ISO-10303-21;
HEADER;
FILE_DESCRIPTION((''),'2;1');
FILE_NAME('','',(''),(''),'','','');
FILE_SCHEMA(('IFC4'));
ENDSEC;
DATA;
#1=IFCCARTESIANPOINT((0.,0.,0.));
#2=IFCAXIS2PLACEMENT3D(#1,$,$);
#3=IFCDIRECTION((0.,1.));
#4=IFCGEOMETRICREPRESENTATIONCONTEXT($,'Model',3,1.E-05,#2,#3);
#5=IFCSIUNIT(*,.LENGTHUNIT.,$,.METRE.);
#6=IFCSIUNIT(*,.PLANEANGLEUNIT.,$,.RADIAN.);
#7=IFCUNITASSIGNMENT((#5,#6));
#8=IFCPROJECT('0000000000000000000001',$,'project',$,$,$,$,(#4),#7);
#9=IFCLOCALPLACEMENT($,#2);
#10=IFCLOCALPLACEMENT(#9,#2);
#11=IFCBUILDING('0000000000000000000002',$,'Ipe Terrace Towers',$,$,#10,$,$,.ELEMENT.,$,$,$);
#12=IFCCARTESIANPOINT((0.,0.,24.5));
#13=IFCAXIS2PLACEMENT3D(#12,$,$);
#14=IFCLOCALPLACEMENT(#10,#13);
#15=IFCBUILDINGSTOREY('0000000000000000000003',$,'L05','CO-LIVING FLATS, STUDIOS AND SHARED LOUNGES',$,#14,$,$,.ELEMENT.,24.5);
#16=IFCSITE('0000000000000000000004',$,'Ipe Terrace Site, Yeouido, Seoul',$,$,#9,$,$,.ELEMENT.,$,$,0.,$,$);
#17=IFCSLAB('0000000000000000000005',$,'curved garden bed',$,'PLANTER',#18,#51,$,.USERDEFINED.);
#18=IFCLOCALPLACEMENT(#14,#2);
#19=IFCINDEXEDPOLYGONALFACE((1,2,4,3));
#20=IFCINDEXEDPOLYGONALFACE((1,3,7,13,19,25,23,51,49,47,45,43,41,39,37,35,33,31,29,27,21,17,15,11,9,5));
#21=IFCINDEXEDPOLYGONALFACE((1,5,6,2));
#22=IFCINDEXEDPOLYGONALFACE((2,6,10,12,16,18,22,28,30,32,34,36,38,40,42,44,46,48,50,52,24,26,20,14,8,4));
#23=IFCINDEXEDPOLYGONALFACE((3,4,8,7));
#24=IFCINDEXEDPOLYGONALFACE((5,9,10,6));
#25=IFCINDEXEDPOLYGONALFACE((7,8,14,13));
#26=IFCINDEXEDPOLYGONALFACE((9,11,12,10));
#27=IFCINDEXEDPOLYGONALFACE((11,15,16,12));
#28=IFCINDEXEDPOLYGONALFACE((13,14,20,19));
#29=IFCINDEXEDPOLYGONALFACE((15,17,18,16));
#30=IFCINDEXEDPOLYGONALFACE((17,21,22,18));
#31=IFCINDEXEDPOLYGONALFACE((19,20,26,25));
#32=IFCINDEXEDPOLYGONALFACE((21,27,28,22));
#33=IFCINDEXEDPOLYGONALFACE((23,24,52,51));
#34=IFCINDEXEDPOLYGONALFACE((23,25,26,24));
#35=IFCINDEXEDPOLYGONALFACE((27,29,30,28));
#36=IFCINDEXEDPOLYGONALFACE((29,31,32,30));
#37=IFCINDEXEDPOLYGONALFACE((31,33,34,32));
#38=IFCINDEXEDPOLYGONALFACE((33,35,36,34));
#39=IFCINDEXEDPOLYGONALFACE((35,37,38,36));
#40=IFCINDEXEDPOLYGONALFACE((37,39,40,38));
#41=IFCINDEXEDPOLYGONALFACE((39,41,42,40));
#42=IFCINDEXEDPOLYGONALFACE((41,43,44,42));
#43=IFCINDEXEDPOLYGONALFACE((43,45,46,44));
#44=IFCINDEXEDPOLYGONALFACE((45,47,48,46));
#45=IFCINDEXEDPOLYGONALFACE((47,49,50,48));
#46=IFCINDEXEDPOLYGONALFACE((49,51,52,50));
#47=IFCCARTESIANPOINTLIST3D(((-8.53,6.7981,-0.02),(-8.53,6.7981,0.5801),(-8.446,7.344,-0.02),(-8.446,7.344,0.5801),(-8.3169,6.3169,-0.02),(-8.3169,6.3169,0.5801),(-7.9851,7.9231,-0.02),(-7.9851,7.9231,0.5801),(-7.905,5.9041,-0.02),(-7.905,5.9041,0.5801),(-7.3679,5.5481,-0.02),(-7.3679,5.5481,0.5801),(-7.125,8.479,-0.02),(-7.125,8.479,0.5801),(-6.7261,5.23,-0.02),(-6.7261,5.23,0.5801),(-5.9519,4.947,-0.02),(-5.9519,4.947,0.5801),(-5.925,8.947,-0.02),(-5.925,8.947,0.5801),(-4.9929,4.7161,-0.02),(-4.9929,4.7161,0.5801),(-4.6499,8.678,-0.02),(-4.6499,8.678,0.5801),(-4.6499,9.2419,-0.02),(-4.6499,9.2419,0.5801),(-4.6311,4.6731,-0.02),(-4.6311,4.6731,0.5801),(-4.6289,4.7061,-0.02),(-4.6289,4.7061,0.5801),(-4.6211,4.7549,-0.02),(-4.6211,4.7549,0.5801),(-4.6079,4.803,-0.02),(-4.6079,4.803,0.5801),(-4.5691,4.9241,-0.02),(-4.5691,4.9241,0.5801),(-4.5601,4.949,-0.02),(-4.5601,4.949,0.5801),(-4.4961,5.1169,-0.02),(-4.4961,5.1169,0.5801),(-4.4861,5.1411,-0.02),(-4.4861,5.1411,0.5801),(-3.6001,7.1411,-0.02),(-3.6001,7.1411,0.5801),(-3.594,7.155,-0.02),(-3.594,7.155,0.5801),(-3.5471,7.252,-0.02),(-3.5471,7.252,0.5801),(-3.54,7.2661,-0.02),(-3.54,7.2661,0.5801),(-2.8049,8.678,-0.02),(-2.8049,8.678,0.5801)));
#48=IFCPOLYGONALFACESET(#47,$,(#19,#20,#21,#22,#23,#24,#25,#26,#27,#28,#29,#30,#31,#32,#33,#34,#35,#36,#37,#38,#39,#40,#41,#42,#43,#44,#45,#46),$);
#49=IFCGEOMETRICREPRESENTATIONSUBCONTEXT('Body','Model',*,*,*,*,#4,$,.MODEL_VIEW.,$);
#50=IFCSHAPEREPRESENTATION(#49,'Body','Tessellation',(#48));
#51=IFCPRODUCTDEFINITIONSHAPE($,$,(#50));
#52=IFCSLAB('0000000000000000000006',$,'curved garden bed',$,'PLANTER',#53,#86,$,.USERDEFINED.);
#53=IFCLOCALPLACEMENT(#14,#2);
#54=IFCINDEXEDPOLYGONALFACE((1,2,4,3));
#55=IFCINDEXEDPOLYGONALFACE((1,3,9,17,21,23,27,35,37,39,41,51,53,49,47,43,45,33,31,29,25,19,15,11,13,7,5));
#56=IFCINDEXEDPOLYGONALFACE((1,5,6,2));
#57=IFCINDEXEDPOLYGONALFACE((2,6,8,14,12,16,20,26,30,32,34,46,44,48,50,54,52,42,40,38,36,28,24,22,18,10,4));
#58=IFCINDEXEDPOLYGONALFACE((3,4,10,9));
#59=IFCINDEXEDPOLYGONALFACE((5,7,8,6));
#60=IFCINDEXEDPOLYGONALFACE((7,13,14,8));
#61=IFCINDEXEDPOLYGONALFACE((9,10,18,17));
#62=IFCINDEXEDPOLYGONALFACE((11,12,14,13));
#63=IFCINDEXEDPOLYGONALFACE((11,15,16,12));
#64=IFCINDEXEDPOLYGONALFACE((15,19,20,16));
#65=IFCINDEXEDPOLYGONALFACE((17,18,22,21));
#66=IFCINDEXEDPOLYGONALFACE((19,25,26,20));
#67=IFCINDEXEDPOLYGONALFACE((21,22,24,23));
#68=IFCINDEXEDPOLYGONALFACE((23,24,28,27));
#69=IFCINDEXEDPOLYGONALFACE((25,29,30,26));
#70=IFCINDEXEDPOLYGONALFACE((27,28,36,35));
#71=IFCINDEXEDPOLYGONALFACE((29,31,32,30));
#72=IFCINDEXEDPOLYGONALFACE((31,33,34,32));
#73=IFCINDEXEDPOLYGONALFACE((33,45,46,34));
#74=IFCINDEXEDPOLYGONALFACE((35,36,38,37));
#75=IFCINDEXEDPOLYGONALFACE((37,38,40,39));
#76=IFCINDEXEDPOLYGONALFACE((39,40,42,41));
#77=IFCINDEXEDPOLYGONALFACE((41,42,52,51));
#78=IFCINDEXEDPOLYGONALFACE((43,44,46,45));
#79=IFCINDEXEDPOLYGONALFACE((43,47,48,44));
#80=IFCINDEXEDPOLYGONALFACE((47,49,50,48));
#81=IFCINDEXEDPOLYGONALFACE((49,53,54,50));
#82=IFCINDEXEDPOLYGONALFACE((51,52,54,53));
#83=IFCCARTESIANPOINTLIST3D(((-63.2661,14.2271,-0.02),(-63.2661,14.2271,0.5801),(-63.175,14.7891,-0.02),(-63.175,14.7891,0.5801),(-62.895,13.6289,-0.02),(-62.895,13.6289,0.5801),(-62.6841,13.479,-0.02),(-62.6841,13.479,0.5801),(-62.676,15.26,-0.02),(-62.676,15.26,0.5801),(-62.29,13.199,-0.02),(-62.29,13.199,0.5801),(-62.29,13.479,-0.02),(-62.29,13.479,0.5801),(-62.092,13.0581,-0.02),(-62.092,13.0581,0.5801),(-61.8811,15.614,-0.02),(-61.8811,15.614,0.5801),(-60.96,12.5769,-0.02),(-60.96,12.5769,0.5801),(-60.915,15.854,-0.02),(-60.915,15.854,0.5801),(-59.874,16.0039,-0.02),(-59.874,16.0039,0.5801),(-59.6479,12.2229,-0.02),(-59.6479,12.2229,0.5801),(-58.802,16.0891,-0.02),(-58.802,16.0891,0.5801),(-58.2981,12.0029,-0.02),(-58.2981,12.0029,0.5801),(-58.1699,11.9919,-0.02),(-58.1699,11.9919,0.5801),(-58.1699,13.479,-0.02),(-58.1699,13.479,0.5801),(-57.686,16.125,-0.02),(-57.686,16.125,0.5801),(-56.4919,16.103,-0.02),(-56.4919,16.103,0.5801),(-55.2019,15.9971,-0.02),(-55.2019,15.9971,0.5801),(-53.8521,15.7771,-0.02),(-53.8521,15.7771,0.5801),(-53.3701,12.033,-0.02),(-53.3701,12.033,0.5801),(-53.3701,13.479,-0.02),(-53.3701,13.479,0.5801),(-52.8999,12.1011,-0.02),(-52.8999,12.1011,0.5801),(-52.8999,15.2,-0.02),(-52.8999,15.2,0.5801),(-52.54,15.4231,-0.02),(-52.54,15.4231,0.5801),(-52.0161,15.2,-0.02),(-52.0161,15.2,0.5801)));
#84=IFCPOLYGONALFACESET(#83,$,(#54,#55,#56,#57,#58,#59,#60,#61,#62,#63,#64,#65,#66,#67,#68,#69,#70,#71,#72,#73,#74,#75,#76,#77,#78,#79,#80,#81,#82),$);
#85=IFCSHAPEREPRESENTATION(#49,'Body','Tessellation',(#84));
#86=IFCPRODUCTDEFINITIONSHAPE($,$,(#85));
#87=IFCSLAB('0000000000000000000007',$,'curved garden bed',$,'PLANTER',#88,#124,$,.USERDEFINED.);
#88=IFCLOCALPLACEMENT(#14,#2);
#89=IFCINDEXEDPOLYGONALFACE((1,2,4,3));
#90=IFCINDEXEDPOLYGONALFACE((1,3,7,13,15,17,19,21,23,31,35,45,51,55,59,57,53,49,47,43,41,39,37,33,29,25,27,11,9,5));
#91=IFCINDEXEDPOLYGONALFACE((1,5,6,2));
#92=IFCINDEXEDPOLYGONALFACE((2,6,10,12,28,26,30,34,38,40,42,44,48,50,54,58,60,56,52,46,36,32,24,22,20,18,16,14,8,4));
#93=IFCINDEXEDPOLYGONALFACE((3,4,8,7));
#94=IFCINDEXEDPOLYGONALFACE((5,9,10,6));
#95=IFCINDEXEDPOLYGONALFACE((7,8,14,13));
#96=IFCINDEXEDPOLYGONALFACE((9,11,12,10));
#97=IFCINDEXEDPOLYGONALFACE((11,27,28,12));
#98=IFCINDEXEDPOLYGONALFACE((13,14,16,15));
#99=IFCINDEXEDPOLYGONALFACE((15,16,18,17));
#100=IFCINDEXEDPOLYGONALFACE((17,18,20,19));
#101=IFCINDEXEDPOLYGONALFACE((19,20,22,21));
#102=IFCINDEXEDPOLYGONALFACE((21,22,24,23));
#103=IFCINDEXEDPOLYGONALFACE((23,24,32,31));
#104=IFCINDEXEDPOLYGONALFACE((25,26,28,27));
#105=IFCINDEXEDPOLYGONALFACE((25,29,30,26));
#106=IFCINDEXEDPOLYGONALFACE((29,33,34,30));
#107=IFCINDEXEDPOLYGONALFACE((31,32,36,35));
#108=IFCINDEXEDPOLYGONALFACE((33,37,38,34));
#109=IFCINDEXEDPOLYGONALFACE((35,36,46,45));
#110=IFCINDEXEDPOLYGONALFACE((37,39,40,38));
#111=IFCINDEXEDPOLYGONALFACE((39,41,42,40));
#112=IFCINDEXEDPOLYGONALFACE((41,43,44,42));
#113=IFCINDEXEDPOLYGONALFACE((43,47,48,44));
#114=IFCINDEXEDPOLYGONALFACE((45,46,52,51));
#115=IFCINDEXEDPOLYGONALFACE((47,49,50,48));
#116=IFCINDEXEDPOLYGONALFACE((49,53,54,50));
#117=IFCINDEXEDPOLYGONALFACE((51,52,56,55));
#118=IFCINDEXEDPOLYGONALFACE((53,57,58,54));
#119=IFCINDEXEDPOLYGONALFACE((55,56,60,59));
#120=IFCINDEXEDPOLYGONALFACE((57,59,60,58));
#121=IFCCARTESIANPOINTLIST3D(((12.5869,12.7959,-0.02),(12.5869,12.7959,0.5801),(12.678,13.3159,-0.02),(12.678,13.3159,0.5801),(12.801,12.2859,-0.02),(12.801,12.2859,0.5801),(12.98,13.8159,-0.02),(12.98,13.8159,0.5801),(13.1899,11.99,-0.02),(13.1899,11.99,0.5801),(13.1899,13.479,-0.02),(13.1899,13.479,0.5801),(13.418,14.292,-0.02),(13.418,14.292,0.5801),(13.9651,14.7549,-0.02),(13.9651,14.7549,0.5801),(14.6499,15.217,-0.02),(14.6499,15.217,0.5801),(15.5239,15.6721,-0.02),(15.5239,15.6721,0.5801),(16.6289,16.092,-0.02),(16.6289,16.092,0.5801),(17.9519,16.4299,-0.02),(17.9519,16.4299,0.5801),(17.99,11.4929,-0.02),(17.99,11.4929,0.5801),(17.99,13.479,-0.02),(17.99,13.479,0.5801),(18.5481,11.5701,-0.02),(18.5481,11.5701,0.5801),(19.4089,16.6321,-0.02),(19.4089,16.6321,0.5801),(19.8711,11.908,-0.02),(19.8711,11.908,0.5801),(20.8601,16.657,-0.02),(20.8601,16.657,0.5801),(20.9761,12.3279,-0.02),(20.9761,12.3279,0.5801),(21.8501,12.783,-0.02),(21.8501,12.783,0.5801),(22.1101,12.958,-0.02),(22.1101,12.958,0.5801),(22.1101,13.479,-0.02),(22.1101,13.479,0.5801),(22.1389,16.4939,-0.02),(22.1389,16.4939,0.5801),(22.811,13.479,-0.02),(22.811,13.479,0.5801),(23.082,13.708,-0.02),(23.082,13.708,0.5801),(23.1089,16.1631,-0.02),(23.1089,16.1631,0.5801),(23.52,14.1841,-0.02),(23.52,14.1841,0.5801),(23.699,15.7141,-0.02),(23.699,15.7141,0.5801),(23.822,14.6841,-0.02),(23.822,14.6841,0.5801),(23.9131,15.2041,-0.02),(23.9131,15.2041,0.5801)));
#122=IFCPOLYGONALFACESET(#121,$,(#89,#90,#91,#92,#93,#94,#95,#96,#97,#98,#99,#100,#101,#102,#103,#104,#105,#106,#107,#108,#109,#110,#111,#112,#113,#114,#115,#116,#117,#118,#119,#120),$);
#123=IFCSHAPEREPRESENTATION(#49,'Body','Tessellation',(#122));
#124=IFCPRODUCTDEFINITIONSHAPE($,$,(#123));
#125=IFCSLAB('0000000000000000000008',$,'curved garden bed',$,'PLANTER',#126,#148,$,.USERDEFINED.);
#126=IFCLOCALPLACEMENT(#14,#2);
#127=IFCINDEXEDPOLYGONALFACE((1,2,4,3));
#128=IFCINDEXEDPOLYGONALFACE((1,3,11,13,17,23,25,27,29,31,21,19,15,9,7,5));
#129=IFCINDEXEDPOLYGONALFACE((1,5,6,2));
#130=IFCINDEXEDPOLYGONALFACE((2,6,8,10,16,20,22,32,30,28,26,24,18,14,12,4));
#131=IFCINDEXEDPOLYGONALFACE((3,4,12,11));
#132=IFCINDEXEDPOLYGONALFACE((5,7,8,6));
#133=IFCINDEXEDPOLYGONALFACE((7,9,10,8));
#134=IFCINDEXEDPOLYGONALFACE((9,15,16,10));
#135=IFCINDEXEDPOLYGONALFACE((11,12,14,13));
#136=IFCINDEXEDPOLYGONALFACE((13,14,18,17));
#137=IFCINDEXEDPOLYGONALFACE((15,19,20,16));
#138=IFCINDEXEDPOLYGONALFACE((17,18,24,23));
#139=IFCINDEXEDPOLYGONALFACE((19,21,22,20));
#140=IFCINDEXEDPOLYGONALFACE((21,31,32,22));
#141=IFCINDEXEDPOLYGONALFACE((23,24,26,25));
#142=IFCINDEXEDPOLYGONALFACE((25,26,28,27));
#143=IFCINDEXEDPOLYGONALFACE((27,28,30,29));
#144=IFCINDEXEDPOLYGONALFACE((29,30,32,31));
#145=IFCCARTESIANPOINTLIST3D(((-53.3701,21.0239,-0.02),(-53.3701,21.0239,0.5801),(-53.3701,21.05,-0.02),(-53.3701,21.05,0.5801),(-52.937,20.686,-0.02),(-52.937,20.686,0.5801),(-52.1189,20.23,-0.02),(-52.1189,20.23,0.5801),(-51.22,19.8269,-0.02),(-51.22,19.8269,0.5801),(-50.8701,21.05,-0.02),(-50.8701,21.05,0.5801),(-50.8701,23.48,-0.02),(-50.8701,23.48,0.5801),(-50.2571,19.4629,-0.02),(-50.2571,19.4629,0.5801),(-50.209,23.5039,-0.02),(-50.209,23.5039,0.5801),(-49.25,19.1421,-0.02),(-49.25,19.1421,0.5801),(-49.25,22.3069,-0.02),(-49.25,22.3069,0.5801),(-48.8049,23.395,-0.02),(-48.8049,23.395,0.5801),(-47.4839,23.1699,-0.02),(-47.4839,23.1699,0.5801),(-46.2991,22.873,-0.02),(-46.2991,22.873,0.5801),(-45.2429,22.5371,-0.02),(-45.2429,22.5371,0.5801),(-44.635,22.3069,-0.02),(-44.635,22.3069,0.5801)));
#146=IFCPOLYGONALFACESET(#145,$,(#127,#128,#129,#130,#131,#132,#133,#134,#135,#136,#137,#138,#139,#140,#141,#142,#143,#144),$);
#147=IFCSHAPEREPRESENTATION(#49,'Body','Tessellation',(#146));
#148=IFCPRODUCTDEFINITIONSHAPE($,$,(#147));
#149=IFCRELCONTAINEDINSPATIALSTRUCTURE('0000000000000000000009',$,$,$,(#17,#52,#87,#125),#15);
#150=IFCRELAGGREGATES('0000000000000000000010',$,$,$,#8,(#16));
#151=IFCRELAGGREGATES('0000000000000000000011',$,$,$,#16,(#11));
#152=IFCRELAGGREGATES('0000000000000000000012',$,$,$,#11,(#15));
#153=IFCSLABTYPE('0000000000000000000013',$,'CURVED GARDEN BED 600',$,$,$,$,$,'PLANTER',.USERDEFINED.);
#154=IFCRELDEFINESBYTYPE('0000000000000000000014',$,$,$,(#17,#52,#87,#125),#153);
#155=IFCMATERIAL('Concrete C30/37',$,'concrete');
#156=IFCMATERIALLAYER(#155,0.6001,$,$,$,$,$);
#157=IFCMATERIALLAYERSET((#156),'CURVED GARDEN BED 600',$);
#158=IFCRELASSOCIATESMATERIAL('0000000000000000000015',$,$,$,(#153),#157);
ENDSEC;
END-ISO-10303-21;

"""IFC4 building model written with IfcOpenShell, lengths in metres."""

from ifc_helpers import new_model, si_unit, direction, frame, origin, place, context, subcontext, project, spatial, polyline, outline, extrude, material, layer, layer_set, type_object, element, save


model = new_model("IFC4")

# Units and contexts
model_context = context("Model", 3, precision=1e-05, world=origin(), true_north=direction((0.0, 1.0)))
body_context = subcontext(model_context, "Body", "Model", "MODEL_VIEW")
ifc_project = project(units=[si_unit("LENGTHUNIT", "METRE"), si_unit("PLANEANGLEUNIT", "RADIAN")], contexts=[model_context])

# Site, building, storey
site_placement = place(None, origin())
site = spatial("IfcSite", under=ifc_project, at=site_placement, Name="Ipe Terrace Site, Yeouido, Seoul", CompositionType="ELEMENT", RefElevation=0.0)
building_placement = place(site_placement, origin())
building = spatial("IfcBuilding", under=site, at=building_placement, Name="Ipe Terrace Towers", CompositionType="ELEMENT")
storey_placement = place(building_placement, frame((0.0, 0.0, 24.5)))
storey = spatial("IfcBuildingStorey", under=building, at=storey_placement, Name="L05", Description="CO-LIVING FLATS, STUDIOS AND SHARED LOUNGES", CompositionType="ELEMENT", Elevation=24.5)

# Slabs
ifc_material_1 = material(Name="Concrete C30/37", Category="concrete")
ifc_layer_1 = layer(ifc_material_1, 0.6001)
ifc_layer_set_1 = layer_set([ifc_layer_1], Name="CURVED GARDEN BED 600")
slab_type_1 = type_object("IfcSlabType", Name="CURVED GARDEN BED 600", ElementType="PLANTER", PredefinedType="USERDEFINED", material=ifc_layer_set_1)
slab_1_placement = place(storey_placement, frame((0.0, 0.0, -0.02)))
element("IfcSlab", 1, at=slab_1_placement, inside=storey, type_object=slab_type_1, Name="curved garden bed", ObjectType="PLANTER", PredefinedType="USERDEFINED", context=body_context, shape_type="SweptSolid", body=[
    extrude(outline(polyline([(-5.9519, 4.947), (-6.7261, 5.23), (-7.3679, 5.5481), (-7.905, 5.9041), (-8.3169, 6.3169), (-8.53, 6.7981), (-8.446, 7.344), (-7.9851, 7.9231), (-7.125, 8.479), (-5.925, 8.947), (-4.6499, 9.2419), (-4.6499, 8.678), (-2.8049, 8.678), (-3.54, 7.2661), (-3.5471, 7.252), (-3.594, 7.155), (-3.6001, 7.1411), (-4.4861, 5.1411), (-4.4961, 5.1169), (-4.5601, 4.949), (-4.5691, 4.9241), (-4.6079, 4.803), (-4.6211, 4.7549), (-4.6289, 4.7061), (-4.6311, 4.6731), (-4.9929, 4.7161), (-5.9519, 4.947)])), origin(), (0.0, 0.0, 1.0), 0.6001),
])
slab_2_placement = place(storey_placement, frame((0.0, 0.0, -0.02)))
element("IfcSlab", 2, at=slab_2_placement, inside=storey, type_object=slab_type_1, Name="curved garden bed", ObjectType="PLANTER", PredefinedType="USERDEFINED", context=body_context, shape_type="SweptSolid", body=[
    extrude(outline(polyline([(-63.175, 14.7891), (-62.676, 15.26), (-61.8811, 15.614), (-60.915, 15.854), (-59.874, 16.0039), (-58.802, 16.0891), (-57.686, 16.125), (-56.4919, 16.103), (-55.2019, 15.9971), (-53.8521, 15.7771), (-52.54, 15.4231), (-52.0161, 15.2), (-52.8999, 15.2), (-52.8999, 12.1011), (-53.3701, 12.033), (-53.3701, 13.479), (-58.1699, 13.479), (-58.1699, 11.9919), (-58.2981, 12.0029), (-59.6479, 12.2229), (-60.96, 12.5769), (-62.092, 13.0581), (-62.29, 13.199), (-62.29, 13.479), (-62.6841, 13.479), (-62.895, 13.6289), (-63.2661, 14.2271), (-63.175, 14.7891)])), origin(), (0.0, 0.0, 1.0), 0.6001),
])
slab_3_placement = place(storey_placement, frame((0.0, 0.0, -0.02)))
element("IfcSlab", 3, at=slab_3_placement, inside=storey, type_object=slab_type_1, Name="curved garden bed", ObjectType="PLANTER", PredefinedType="USERDEFINED", context=body_context, shape_type="SweptSolid", body=[
    extrude(outline(polyline([(12.678, 13.3159), (12.98, 13.8159), (13.418, 14.292), (13.9651, 14.7549), (14.6499, 15.217), (15.5239, 15.6721), (16.6289, 16.092), (17.9519, 16.4299), (19.4089, 16.6321), (20.8601, 16.657), (22.1389, 16.4939), (23.1089, 16.1631), (23.699, 15.7141), (23.9131, 15.2041), (23.822, 14.6841), (23.52, 14.1841), (23.082, 13.708), (22.811, 13.479), (22.1101, 13.479), (22.1101, 12.958), (21.8501, 12.783), (20.9761, 12.3279), (19.8711, 11.908), (18.5481, 11.5701), (17.99, 11.4929), (17.99, 13.479), (13.1899, 13.479), (13.1899, 11.99), (12.801, 12.2859), (12.5869, 12.7959), (12.678, 13.3159)])), origin(), (0.0, 0.0, 1.0), 0.6001),
])
slab_4_placement = place(storey_placement, frame((0.0, 0.0, -0.02)))
element("IfcSlab", 4, at=slab_4_placement, inside=storey, type_object=slab_type_1, Name="curved garden bed", ObjectType="PLANTER", PredefinedType="USERDEFINED", context=body_context, shape_type="SweptSolid", body=[
    extrude(outline(polyline([(-47.4839, 23.1699), (-46.2991, 22.873), (-45.2429, 22.5371), (-44.635, 22.3069), (-49.25, 22.3069), (-49.25, 19.1421), (-50.2571, 19.4629), (-51.22, 19.8269), (-52.1189, 20.23), (-52.937, 20.686), (-53.3701, 21.0239), (-53.3701, 21.05), (-50.8701, 21.05), (-50.8701, 23.48), (-50.209, 23.5039), (-48.8049, 23.395), (-47.4839, 23.1699)])), origin(), (0.0, 0.0, 1.0), 0.6001),
])

save(model, "model.ifc")
